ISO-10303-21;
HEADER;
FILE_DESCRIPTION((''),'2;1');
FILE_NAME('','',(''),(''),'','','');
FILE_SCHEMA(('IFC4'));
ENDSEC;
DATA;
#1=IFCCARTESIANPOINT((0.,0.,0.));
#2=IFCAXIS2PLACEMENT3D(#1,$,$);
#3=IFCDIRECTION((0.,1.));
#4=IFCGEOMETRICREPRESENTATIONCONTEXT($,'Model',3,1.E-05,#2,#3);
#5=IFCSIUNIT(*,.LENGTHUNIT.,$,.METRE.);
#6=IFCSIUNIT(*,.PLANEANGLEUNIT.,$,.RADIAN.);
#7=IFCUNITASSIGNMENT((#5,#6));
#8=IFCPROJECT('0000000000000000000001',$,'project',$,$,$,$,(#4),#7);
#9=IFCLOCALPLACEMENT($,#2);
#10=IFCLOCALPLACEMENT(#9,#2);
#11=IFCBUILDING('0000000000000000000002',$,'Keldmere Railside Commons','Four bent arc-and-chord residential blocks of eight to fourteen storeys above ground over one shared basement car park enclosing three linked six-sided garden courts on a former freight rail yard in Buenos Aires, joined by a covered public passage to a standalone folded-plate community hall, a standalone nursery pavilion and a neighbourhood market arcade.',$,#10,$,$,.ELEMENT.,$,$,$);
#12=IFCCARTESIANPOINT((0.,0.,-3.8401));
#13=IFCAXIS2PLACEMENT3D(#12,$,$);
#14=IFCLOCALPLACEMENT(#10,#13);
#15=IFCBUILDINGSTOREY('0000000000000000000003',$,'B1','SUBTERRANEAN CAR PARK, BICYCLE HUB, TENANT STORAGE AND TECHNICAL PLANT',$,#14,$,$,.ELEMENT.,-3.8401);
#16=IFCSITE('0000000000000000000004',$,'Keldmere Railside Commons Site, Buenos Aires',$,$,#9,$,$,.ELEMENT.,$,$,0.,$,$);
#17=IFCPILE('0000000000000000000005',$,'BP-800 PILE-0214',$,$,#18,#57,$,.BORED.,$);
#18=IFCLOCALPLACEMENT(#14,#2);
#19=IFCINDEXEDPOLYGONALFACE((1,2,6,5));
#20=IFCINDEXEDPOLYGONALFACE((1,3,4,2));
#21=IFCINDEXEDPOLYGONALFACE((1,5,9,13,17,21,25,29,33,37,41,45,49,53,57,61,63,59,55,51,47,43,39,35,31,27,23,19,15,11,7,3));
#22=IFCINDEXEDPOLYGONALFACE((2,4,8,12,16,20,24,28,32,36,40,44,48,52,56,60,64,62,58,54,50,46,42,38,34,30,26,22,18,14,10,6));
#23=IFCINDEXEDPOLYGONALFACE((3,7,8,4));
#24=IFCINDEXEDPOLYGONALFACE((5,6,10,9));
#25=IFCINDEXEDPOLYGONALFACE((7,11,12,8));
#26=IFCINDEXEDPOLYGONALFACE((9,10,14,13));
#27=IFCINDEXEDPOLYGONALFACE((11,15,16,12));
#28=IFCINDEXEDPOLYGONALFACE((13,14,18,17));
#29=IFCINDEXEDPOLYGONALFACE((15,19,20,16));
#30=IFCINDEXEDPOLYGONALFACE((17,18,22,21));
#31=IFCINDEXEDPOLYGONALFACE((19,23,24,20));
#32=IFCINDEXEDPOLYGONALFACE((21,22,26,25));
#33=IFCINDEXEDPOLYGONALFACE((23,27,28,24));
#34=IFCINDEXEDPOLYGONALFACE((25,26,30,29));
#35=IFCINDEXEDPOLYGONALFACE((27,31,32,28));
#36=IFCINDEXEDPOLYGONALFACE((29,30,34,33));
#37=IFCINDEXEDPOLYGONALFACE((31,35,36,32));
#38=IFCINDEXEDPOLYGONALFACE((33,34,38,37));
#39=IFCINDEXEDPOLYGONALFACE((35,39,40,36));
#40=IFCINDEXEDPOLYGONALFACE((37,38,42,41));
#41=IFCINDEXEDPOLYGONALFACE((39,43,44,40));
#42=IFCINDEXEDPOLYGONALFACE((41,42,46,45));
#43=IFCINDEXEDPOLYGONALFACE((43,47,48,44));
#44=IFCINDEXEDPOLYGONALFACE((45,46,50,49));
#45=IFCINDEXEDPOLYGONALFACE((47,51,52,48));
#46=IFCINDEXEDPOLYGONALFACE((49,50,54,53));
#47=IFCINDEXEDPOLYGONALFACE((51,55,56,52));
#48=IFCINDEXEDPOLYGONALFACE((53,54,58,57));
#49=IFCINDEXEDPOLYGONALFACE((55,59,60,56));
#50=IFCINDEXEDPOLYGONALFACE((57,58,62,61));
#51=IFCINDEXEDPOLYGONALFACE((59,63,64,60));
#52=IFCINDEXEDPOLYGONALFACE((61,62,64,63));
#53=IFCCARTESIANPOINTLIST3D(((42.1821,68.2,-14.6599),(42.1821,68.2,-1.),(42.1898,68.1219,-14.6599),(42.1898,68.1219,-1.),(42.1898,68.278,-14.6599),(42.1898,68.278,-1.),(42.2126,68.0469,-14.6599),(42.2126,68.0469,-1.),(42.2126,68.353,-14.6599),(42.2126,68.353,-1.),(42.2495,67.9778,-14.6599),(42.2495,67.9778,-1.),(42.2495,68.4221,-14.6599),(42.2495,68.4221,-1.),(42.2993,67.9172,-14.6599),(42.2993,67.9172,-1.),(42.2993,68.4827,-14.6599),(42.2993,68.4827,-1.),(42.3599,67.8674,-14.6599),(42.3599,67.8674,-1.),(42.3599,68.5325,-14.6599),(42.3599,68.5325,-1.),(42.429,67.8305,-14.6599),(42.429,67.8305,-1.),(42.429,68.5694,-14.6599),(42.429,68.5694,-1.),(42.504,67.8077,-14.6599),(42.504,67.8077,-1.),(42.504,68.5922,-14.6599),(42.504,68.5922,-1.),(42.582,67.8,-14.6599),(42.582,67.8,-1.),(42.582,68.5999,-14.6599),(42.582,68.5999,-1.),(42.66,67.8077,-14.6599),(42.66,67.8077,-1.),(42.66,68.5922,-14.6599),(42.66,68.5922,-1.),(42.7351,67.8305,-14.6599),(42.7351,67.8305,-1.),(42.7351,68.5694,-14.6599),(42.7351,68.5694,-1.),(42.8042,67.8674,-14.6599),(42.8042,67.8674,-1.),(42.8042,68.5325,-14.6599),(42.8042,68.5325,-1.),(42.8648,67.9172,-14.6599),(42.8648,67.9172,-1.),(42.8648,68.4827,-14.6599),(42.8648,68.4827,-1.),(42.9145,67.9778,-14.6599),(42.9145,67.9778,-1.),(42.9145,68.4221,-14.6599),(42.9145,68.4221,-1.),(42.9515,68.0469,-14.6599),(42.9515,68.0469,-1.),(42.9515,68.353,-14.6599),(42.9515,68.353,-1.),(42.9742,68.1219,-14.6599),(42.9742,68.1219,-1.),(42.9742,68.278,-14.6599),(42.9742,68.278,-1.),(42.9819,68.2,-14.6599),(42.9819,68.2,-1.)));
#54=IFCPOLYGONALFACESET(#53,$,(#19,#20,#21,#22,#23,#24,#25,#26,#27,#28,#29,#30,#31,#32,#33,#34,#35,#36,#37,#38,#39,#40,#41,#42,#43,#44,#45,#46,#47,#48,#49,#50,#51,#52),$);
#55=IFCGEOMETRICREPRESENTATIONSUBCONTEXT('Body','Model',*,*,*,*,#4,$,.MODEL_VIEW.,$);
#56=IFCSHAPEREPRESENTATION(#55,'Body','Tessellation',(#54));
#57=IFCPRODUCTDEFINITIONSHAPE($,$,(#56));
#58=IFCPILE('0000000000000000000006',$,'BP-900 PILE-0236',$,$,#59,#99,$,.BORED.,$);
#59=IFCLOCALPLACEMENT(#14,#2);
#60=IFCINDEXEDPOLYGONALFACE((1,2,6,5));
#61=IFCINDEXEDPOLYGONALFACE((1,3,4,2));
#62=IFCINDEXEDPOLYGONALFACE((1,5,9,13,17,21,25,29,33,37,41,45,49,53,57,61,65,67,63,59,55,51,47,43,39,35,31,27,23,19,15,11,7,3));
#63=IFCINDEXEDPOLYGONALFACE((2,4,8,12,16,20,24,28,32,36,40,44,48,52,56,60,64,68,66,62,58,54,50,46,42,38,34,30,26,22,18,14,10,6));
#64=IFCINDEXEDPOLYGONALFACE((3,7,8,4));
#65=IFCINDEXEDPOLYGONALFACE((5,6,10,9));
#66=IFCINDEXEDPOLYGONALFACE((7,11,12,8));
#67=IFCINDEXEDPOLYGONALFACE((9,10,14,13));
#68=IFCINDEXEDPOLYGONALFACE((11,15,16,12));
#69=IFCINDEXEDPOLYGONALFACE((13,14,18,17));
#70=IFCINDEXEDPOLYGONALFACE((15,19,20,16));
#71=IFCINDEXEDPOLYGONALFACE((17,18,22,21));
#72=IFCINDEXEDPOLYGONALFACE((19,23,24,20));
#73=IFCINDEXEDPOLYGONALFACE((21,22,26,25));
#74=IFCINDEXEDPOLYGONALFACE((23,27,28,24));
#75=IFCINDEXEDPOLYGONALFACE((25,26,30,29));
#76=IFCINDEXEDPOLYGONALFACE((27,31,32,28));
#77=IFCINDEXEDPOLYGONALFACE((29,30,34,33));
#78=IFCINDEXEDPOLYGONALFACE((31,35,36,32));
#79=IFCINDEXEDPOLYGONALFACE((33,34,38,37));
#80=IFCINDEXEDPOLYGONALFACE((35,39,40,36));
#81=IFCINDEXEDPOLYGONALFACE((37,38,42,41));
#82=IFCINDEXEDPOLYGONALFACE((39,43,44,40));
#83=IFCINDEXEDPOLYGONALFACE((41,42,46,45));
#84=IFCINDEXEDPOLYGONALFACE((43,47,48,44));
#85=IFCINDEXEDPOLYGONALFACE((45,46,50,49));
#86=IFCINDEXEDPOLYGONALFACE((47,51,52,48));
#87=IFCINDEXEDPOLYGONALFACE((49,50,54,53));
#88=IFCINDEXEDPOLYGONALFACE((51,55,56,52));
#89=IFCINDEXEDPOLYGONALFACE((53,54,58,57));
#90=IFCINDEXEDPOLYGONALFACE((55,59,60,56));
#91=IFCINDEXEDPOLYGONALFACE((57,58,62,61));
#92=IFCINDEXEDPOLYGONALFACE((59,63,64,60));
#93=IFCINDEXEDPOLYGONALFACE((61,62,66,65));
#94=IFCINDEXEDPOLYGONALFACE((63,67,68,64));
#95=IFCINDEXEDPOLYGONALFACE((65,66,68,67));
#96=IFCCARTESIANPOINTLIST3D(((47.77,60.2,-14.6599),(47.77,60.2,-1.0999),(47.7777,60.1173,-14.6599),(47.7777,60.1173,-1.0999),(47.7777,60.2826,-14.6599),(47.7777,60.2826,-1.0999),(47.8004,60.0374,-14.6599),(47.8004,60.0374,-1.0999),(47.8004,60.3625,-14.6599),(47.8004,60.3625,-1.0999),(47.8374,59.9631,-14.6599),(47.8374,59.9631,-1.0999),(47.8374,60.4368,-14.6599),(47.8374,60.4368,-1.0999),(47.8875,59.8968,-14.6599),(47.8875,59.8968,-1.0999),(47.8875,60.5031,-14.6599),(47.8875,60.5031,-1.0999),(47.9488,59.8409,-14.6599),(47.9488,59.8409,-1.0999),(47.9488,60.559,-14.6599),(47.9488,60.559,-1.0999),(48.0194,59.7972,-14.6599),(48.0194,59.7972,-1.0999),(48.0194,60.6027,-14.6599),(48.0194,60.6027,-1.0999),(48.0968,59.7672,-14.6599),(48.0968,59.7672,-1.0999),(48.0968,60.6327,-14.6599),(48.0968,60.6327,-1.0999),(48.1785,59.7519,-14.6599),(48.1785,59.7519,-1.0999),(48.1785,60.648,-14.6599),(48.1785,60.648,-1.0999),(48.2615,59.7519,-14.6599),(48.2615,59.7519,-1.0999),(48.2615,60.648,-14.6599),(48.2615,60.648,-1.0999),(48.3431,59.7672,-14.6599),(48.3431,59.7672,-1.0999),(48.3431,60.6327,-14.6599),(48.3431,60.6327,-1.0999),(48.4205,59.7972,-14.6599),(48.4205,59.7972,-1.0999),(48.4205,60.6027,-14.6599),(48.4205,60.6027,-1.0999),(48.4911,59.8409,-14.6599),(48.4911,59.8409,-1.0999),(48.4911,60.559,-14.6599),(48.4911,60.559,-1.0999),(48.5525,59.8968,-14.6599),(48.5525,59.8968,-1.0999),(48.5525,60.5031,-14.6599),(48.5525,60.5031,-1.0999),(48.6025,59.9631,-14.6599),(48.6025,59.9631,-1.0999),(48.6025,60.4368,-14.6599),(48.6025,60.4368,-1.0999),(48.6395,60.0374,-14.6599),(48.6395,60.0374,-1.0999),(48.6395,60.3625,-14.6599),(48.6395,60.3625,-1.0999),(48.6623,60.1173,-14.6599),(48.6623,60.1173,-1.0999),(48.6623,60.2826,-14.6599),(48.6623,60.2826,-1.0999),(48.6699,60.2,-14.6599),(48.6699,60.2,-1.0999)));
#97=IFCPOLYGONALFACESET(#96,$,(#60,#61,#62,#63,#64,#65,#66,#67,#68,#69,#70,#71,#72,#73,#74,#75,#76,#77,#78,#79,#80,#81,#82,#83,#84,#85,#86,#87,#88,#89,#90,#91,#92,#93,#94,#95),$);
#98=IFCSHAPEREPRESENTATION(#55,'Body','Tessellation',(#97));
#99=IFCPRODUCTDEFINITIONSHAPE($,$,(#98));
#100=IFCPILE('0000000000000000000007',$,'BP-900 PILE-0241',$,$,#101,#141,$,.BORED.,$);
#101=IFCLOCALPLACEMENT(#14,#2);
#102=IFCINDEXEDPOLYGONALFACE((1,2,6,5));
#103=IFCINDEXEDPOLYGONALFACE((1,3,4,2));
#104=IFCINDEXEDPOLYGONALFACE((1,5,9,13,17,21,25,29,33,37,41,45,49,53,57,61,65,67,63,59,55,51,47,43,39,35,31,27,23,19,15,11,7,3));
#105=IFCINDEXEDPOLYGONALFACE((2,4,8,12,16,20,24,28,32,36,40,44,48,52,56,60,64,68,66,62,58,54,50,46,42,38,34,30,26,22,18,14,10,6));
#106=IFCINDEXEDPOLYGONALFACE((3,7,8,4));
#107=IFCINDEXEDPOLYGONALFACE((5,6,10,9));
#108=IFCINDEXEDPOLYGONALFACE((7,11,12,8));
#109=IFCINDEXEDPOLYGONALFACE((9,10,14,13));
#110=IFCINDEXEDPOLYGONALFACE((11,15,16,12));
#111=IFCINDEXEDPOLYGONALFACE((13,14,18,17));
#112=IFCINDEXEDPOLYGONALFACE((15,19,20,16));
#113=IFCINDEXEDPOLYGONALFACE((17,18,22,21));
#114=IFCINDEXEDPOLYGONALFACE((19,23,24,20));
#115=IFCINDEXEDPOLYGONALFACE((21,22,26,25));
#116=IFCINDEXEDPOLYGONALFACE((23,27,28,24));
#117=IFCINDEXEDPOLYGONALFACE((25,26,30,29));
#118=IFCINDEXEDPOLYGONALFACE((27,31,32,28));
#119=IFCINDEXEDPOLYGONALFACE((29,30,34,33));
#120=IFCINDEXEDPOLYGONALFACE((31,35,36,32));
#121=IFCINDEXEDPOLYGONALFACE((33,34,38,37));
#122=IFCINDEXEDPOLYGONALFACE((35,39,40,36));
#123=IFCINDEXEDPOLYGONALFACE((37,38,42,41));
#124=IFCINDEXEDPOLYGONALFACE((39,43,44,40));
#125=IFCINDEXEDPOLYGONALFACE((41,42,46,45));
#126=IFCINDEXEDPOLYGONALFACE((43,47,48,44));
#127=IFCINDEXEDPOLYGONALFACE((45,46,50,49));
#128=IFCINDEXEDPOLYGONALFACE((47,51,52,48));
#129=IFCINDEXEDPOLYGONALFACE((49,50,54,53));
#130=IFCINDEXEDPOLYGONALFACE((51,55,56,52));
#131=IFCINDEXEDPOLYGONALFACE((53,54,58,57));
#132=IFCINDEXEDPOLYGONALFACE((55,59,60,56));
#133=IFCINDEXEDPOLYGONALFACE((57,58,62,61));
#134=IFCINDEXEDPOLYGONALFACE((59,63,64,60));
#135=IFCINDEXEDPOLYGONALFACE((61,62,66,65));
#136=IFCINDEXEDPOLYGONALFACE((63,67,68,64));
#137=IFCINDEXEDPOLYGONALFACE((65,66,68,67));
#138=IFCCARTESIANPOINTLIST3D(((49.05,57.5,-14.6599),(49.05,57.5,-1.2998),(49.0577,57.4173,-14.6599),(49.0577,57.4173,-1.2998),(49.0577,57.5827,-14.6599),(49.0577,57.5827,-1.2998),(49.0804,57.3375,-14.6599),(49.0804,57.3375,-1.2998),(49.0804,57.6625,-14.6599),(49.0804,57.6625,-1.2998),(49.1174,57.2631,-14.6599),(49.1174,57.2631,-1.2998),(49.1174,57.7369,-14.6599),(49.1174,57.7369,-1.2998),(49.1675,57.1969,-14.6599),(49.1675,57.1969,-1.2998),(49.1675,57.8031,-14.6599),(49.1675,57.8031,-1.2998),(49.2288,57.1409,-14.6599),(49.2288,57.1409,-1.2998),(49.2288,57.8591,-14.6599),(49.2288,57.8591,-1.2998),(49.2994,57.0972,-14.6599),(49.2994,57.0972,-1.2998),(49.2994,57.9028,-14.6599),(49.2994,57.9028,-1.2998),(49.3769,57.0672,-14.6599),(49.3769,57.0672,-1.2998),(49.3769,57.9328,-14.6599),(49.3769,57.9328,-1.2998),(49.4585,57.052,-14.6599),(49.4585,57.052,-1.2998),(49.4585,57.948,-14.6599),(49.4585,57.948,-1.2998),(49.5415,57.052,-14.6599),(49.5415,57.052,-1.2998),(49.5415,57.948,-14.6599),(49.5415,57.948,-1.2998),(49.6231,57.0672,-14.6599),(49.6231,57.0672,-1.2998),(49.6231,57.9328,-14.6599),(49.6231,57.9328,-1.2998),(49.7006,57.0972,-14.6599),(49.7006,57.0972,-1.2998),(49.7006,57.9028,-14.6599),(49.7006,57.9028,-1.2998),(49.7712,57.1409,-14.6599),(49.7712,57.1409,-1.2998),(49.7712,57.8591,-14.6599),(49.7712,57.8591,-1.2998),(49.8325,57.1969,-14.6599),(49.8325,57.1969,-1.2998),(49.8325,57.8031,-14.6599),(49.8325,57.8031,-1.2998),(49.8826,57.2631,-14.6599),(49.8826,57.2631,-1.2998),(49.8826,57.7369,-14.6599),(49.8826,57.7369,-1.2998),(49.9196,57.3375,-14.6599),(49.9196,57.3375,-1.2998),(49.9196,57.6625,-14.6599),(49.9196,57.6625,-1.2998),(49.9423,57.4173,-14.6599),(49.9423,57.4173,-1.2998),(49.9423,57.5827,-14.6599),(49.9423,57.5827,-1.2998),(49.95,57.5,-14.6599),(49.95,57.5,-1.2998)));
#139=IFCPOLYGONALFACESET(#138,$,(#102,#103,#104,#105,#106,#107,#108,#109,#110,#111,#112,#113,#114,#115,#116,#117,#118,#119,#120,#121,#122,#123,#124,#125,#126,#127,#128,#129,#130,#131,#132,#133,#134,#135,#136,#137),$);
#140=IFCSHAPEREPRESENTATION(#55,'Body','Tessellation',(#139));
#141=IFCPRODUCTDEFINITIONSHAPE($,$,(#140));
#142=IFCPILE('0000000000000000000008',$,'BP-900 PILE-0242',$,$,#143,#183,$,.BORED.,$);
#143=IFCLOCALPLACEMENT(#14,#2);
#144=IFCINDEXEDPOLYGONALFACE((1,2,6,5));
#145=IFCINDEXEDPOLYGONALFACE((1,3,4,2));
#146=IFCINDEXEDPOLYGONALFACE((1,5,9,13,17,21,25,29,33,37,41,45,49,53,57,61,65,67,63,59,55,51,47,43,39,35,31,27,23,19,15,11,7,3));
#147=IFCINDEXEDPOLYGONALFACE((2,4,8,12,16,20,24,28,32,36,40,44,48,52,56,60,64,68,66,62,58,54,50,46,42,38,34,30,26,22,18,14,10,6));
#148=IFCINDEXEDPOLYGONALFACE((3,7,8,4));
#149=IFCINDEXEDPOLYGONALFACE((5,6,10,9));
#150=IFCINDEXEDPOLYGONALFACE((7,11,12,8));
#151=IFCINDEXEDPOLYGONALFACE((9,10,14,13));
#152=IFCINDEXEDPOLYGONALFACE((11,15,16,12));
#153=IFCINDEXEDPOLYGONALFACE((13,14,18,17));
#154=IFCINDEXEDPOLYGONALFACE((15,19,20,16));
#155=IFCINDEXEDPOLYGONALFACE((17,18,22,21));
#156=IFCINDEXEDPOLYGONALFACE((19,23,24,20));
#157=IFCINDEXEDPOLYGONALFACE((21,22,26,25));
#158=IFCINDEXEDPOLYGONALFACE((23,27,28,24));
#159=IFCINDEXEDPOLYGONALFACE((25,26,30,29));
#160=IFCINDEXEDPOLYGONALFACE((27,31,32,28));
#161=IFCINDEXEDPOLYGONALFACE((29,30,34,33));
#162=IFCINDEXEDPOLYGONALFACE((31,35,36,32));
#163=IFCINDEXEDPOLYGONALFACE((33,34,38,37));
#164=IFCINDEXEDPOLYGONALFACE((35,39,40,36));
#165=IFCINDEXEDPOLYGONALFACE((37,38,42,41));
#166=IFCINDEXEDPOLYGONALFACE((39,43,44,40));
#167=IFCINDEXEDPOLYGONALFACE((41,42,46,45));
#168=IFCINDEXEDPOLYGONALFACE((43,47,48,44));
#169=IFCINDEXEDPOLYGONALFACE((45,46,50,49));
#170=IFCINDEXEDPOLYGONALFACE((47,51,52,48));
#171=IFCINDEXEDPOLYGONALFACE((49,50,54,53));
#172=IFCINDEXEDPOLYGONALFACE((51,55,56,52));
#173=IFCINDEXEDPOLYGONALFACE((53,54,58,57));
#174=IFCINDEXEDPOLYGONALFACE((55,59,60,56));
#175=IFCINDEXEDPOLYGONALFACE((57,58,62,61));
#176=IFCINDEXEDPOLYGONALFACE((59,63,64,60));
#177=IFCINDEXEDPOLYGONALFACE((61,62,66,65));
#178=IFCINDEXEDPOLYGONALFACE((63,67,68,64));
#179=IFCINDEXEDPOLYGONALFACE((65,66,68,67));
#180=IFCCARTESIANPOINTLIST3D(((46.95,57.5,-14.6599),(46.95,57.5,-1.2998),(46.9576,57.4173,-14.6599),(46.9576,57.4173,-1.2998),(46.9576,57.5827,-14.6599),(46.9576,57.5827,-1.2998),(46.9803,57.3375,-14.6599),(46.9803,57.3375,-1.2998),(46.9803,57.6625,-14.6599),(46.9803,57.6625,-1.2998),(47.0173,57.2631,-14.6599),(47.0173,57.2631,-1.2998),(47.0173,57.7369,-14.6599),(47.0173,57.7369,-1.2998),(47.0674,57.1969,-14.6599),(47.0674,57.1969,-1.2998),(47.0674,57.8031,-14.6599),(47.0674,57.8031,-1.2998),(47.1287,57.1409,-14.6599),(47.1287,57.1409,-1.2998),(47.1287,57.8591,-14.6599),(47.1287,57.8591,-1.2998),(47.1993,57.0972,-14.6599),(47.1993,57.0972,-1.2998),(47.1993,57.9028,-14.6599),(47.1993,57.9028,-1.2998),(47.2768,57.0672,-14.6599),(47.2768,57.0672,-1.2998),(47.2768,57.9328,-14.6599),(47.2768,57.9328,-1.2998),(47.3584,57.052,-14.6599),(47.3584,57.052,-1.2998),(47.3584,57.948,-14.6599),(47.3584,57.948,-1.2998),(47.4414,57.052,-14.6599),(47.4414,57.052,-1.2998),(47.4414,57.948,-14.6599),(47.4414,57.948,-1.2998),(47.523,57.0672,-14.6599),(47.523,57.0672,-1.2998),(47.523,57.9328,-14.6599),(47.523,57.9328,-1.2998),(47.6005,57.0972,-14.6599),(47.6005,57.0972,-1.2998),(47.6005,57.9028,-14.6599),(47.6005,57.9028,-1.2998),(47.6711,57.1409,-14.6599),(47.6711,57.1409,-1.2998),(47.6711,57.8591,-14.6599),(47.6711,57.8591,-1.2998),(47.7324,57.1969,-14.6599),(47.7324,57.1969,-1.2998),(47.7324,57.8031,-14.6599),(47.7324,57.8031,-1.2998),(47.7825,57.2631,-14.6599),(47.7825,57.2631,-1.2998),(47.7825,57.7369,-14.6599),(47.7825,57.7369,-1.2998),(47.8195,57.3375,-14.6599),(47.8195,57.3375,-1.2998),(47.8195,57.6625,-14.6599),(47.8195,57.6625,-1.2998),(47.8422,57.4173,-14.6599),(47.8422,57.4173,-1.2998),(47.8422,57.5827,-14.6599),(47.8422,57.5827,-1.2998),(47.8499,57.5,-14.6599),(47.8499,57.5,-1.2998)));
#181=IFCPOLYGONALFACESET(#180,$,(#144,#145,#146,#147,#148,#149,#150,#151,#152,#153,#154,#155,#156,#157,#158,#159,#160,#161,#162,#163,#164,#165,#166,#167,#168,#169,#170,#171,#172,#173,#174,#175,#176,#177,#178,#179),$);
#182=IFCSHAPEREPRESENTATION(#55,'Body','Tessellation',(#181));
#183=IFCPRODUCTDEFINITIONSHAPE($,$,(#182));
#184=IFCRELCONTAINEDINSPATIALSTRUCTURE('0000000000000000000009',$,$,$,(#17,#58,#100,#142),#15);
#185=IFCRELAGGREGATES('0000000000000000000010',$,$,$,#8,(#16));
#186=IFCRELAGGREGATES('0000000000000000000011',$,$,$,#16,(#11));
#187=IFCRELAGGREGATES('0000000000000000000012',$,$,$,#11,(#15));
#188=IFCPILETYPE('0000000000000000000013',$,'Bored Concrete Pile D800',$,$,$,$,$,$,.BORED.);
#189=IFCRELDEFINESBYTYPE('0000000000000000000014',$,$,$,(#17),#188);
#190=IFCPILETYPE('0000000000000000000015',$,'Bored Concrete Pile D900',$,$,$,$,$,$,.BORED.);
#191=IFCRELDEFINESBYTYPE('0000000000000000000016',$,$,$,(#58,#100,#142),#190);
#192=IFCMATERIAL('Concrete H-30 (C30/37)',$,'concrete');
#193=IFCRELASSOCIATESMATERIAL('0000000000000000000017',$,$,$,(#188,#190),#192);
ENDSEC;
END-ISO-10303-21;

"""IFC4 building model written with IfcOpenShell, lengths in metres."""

from ifc_helpers import new_model, si_unit, direction, frame, origin, origin_2d, place, context, subcontext, project, spatial, circle, extrude, material, material_profile, profile_set, type_object, element, save


model = new_model("IFC4")

# Units and contexts
model_context = context("Model", 3, precision=1e-05, world=origin(), true_north=direction((0.0, 1.0)))
body_context = subcontext(model_context, "Body", "Model", "MODEL_VIEW")
ifc_project = project(units=[si_unit("LENGTHUNIT", "METRE"), si_unit("PLANEANGLEUNIT", "RADIAN")], contexts=[model_context])

# Site, building, storey
site_placement = place(None, origin())
site = spatial("IfcSite", under=ifc_project, at=site_placement, Name="Keldmere Railside Commons Site, Buenos Aires", CompositionType="ELEMENT", RefElevation=0.0)
building_placement = place(site_placement, origin())
building = spatial("IfcBuilding", under=site, at=building_placement, Name="Keldmere Railside Commons", Description="Four bent arc-and-chord residential blocks of eight to fourteen storeys above ground over one shared basement car park enclosing three linked six-sided garden courts on a former freight rail yard in Buenos Aires, joined by a covered public passage to a standalone folded-plate community hall, a standalone nursery pavilion and a neighbourhood market arcade.", CompositionType="ELEMENT")
storey_placement = place(building_placement, frame((0.0, 0.0, -3.8401)))
storey = spatial("IfcBuildingStorey", under=building, at=storey_placement, Name="B1", Description="SUBTERRANEAN CAR PARK, BICYCLE HUB, TENANT STORAGE AND TECHNICAL PLANT", CompositionType="ELEMENT", Elevation=-3.8401)

# Piles
ifc_material_1 = material(Name="Concrete H-30 (C30/37)", Category="concrete")
ifc_material_profile_1 = material_profile(ifc_material_1, circle(Radius=0.3999, at=origin_2d()), Name="PILE-D800")
ifc_profile_set_1 = profile_set([ifc_material_profile_1], Name="Concrete H-30 (C30/37)")
pile_type_1 = type_object("IfcPileType", Name="Bored Concrete Pile D800", PredefinedType="BORED", material=ifc_profile_set_1)
pile_1_placement = place(storey_placement, frame((42.582, 68.2, -1.0), z_axis=(0.0, 0.0, -1.0), x_axis=(1.0, 0.0, 0.0)))
element("IfcPile", 1, at=pile_1_placement, inside=storey, type_object=pile_type_1, Name="BP-800 PILE-0214", PredefinedType="BORED", context=body_context, shape_type="SweptSolid", body=[
    extrude(circle(Radius=0.3999, at=origin_2d()), origin(), (0.0, 0.0, 1.0), 13.6599),
])
ifc_material_profile_2 = material_profile(ifc_material_1, circle(Radius=0.45, at=origin_2d()), Name="PILE-D900")
ifc_profile_set_2 = profile_set([ifc_material_profile_2], Name="Concrete H-30 (C30/37)")
pile_type_2 = type_object("IfcPileType", Name="Bored Concrete Pile D900", PredefinedType="BORED", material=ifc_profile_set_2)
pile_2_placement = place(storey_placement, frame((48.22, 60.2, -1.0999), z_axis=(0.0, 0.0, -1.0), x_axis=(1.0, 0.0, 0.0)))
element("IfcPile", 2, at=pile_2_placement, inside=storey, type_object=pile_type_2, Name="BP-900 PILE-0236", PredefinedType="BORED", context=body_context, shape_type="SweptSolid", body=[
    extrude(circle(Radius=0.45, at=origin_2d()), origin(), (0.0, 0.0, 1.0), 13.5601),
])
for number, where, z_axis, x_axis, name in (
    (3, (49.5, 57.5, -1.2998), (0.0, 0.0, -1.0), (1.0, 0.0, 0.0), "BP-900 PILE-0241"),
    (4, (47.3999, 57.5, -1.2998), (0.0, 0.0, -1.0), (1.0, 0.0, 0.0), "BP-900 PILE-0242"),
):
    element("IfcPile", number, at=place(storey_placement, frame(where, z_axis=z_axis, x_axis=x_axis)), inside=storey, type_object=pile_type_2, Name=name, PredefinedType="BORED", context=body_context, shape_type="SweptSolid", body=[
        extrude(circle(Radius=0.45, at=origin_2d()), origin(), (0.0, 0.0, 1.0), 13.3601),
    ])

save(model, "model.ifc")
